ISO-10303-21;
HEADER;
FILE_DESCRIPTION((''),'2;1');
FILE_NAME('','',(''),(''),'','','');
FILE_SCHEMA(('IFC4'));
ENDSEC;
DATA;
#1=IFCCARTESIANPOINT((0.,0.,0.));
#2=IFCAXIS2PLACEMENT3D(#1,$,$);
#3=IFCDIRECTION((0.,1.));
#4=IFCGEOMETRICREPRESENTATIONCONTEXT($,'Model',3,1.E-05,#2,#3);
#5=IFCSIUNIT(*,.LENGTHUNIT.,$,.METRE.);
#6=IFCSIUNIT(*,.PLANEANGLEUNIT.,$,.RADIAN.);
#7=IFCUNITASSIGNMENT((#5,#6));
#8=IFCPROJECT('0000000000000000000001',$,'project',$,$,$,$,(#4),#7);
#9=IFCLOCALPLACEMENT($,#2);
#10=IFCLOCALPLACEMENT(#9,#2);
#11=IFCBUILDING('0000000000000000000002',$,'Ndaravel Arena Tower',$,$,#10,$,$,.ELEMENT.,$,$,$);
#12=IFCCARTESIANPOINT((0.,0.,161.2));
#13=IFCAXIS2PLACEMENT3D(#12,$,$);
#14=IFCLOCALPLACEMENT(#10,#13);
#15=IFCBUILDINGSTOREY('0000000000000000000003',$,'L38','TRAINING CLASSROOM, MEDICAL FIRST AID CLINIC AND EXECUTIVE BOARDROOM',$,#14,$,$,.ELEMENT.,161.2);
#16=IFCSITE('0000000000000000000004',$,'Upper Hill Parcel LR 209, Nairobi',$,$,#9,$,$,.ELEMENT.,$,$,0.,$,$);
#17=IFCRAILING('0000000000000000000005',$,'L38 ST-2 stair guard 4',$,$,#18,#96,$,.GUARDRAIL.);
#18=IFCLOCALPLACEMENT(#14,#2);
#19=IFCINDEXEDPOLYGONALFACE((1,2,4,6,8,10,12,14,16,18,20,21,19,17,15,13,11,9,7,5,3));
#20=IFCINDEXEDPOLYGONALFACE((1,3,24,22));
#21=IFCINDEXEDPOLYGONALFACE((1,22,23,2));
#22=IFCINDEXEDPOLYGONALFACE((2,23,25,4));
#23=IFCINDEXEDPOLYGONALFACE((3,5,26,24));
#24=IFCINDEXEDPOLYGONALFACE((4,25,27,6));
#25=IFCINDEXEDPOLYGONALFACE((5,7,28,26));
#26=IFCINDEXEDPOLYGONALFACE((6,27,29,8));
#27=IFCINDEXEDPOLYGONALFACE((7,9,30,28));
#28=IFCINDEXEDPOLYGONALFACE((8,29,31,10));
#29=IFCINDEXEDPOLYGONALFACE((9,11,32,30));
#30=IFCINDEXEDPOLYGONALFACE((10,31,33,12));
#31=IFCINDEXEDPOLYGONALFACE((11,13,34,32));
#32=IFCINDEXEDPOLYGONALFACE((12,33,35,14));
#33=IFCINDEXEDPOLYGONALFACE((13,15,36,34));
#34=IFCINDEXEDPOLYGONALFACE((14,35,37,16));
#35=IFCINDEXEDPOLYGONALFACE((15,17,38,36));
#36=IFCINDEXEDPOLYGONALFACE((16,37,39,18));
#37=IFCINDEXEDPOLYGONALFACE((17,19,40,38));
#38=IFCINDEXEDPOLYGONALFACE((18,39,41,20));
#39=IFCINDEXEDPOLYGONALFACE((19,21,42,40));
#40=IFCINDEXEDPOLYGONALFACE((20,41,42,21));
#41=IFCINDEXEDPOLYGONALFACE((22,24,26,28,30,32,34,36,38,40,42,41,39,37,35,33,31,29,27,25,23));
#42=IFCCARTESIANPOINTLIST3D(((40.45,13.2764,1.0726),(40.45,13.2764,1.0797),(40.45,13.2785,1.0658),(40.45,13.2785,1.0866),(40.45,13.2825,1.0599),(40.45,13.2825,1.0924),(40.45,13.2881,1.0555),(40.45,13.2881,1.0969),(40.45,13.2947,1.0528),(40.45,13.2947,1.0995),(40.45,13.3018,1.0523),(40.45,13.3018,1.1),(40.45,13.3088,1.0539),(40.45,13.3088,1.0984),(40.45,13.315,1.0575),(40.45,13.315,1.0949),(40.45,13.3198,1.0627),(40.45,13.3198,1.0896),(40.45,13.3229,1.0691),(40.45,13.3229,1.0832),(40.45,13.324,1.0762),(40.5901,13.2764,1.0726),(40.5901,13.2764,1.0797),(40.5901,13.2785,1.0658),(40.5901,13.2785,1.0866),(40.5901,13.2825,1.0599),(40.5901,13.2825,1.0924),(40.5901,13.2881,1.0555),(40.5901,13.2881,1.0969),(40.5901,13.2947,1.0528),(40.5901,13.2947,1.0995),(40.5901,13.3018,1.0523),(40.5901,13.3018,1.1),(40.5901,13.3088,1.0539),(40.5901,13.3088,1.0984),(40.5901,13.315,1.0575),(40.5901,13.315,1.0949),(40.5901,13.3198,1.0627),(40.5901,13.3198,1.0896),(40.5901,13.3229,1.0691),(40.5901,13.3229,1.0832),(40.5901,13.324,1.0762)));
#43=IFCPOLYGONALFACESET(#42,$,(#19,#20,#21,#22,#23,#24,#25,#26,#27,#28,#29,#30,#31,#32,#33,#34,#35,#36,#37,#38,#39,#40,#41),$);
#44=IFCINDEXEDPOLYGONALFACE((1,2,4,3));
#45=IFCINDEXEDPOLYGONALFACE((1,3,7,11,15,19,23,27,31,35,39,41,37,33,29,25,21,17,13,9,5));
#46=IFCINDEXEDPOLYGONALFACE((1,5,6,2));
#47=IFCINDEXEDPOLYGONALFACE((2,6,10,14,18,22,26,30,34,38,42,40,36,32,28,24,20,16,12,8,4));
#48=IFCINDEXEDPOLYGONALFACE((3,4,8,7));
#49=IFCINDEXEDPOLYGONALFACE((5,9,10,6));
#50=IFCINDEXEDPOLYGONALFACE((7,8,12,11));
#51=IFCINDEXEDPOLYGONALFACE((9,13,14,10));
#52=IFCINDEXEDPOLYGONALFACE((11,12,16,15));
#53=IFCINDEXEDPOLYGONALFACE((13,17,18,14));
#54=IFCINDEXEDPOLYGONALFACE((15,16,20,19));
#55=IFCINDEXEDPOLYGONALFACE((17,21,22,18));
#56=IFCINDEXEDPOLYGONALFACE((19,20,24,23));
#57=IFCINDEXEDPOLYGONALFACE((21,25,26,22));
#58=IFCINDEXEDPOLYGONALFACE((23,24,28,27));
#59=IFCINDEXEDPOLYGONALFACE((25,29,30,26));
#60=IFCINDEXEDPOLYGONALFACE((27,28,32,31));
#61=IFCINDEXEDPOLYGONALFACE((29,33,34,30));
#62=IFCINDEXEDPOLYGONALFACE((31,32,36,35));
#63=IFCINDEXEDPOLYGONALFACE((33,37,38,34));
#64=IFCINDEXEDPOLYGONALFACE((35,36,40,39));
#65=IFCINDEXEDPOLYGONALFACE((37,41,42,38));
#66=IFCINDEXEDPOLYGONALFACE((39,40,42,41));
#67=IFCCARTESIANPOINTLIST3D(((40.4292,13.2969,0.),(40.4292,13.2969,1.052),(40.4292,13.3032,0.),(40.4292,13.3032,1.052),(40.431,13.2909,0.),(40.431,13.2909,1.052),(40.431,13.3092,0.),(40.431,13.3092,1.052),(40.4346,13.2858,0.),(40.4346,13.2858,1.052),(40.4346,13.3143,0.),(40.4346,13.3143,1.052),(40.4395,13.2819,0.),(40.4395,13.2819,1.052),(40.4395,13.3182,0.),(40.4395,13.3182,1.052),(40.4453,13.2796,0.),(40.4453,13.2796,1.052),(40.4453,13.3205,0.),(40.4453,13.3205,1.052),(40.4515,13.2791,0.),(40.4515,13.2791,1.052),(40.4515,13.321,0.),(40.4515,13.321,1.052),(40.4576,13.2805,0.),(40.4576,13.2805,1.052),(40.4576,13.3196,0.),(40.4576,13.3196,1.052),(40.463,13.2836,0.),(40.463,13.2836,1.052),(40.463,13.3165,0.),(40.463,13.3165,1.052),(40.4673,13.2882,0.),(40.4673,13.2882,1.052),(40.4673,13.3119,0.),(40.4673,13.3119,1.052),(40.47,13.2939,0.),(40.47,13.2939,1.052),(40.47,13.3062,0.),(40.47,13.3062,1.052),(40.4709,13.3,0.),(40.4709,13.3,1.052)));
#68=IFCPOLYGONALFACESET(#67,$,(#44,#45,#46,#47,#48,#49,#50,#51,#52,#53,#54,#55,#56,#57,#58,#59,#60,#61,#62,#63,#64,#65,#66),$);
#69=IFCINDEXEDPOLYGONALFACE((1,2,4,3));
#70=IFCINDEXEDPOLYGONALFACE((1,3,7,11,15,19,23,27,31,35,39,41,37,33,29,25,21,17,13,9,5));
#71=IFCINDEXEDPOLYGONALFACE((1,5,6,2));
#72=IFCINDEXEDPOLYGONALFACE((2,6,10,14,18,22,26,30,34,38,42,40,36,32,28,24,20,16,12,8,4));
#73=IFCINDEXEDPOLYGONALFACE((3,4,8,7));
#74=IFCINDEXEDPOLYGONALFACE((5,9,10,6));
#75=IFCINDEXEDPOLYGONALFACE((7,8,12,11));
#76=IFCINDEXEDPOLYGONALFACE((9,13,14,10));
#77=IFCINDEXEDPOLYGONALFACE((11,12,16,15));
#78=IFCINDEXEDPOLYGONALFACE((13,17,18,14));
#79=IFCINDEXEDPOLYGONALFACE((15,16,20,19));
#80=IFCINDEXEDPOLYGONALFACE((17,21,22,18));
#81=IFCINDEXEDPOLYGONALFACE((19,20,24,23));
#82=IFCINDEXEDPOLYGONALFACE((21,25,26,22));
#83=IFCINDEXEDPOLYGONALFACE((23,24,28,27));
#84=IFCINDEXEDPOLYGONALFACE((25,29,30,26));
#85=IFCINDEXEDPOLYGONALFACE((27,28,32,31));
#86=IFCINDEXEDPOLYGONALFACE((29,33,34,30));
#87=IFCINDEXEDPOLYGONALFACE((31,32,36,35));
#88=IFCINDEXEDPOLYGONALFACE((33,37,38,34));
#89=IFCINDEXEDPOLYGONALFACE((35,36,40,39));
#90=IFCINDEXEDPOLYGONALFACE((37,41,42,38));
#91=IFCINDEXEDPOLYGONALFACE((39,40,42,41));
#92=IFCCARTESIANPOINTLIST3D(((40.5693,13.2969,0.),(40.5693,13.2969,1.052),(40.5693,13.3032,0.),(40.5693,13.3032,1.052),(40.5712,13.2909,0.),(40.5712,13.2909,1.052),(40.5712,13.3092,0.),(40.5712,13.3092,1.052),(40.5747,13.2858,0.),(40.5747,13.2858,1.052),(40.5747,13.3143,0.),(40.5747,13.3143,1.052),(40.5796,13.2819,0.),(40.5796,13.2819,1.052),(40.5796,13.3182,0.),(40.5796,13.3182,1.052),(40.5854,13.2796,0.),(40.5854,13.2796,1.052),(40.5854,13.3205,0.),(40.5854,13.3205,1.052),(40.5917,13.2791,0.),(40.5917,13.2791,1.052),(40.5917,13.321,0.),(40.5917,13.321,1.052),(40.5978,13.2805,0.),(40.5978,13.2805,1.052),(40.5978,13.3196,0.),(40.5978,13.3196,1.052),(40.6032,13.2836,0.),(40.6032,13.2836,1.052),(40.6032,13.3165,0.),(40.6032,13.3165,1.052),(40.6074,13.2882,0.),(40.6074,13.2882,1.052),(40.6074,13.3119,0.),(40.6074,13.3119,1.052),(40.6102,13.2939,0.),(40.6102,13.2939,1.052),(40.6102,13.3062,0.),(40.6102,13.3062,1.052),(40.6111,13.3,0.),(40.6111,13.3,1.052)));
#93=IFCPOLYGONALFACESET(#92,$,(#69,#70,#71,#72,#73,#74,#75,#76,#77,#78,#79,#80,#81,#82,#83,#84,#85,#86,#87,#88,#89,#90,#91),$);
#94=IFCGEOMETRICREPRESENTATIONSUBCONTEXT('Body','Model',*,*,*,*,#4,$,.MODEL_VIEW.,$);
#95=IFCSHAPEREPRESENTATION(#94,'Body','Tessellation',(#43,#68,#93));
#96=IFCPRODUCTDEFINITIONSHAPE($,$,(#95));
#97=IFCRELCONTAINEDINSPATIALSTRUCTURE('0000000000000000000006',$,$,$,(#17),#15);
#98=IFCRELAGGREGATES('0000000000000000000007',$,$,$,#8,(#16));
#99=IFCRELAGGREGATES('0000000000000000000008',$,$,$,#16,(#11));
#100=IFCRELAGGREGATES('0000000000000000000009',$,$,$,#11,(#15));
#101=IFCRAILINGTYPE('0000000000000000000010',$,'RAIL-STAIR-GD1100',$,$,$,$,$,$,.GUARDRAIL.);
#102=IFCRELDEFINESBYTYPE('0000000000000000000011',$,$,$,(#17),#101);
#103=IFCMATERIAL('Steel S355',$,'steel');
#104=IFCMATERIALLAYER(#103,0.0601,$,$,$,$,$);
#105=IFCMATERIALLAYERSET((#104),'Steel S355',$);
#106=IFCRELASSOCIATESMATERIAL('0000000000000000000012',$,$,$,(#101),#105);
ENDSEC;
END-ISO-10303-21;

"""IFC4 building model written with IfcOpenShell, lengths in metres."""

from ifc_helpers import new_model, si_unit, direction, frame, origin, origin_2d, place, context, subcontext, project, spatial, circle, extrude, material, layer, layer_set, type_object, element, save


model = new_model("IFC4")

# Units and contexts
model_context = context("Model", 3, precision=1e-05, world=origin(), true_north=direction((0.0, 1.0)))
body_context = subcontext(model_context, "Body", "Model", "MODEL_VIEW")
ifc_project = project(units=[si_unit("LENGTHUNIT", "METRE"), si_unit("PLANEANGLEUNIT", "RADIAN")], contexts=[model_context])

# Site, building, storey
site_placement = place(None, origin())
site = spatial("IfcSite", under=ifc_project, at=site_placement, Name="Upper Hill Parcel LR 209, Nairobi", CompositionType="ELEMENT", RefElevation=0.0)
building_placement = place(site_placement, origin())
building = spatial("IfcBuilding", under=site, at=building_placement, Name="Ndaravel Arena Tower", CompositionType="ELEMENT")
storey_placement = place(building_placement, frame((0.0, 0.0, 161.2)))
storey = spatial("IfcBuildingStorey", under=building, at=storey_placement, Name="L38", Description="TRAINING CLASSROOM, MEDICAL FIRST AID CLINIC AND EXECUTIVE BOARDROOM", CompositionType="ELEMENT", Elevation=161.2)

# Railing
ifc_material_1 = material(Name="Steel S355", Category="steel")
ifc_layer_1 = layer(ifc_material_1, 0.0601)
ifc_layer_set_1 = layer_set([ifc_layer_1], Name="Steel S355")
railing_type_1 = type_object("IfcRailingType", Name="RAIL-STAIR-GD1100", PredefinedType="GUARDRAIL", material=ifc_layer_set_1)
railing_1_placement = place(storey_placement, frame((40.45, 13.3, 0.0)))
element("IfcRailing", 1, at=railing_1_placement, inside=storey, type_object=railing_type_1, Name="L38 ST-2 stair guard 4", PredefinedType="GUARDRAIL", context=body_context, shape_type="SweptSolid", body=[
    extrude(circle(Radius=0.0239, at=origin_2d()), frame((0.0, 0.0, 1.0762), z_axis=(1.0, 0.0, 0.0), x_axis=(0.0, 1.0, 0.0)), (0.0, 0.0, 1.0), 0.1401),
    extrude(circle(Radius=0.021, at=origin_2d()), origin(), (0.0, 0.0, 1.0), 1.052),
    extrude(circle(Radius=0.021, at=origin_2d()), frame((0.1401, 0.0, 0.0)), (0.0, 0.0, 1.0), 1.052),
])

save(model, "model.ifc")
